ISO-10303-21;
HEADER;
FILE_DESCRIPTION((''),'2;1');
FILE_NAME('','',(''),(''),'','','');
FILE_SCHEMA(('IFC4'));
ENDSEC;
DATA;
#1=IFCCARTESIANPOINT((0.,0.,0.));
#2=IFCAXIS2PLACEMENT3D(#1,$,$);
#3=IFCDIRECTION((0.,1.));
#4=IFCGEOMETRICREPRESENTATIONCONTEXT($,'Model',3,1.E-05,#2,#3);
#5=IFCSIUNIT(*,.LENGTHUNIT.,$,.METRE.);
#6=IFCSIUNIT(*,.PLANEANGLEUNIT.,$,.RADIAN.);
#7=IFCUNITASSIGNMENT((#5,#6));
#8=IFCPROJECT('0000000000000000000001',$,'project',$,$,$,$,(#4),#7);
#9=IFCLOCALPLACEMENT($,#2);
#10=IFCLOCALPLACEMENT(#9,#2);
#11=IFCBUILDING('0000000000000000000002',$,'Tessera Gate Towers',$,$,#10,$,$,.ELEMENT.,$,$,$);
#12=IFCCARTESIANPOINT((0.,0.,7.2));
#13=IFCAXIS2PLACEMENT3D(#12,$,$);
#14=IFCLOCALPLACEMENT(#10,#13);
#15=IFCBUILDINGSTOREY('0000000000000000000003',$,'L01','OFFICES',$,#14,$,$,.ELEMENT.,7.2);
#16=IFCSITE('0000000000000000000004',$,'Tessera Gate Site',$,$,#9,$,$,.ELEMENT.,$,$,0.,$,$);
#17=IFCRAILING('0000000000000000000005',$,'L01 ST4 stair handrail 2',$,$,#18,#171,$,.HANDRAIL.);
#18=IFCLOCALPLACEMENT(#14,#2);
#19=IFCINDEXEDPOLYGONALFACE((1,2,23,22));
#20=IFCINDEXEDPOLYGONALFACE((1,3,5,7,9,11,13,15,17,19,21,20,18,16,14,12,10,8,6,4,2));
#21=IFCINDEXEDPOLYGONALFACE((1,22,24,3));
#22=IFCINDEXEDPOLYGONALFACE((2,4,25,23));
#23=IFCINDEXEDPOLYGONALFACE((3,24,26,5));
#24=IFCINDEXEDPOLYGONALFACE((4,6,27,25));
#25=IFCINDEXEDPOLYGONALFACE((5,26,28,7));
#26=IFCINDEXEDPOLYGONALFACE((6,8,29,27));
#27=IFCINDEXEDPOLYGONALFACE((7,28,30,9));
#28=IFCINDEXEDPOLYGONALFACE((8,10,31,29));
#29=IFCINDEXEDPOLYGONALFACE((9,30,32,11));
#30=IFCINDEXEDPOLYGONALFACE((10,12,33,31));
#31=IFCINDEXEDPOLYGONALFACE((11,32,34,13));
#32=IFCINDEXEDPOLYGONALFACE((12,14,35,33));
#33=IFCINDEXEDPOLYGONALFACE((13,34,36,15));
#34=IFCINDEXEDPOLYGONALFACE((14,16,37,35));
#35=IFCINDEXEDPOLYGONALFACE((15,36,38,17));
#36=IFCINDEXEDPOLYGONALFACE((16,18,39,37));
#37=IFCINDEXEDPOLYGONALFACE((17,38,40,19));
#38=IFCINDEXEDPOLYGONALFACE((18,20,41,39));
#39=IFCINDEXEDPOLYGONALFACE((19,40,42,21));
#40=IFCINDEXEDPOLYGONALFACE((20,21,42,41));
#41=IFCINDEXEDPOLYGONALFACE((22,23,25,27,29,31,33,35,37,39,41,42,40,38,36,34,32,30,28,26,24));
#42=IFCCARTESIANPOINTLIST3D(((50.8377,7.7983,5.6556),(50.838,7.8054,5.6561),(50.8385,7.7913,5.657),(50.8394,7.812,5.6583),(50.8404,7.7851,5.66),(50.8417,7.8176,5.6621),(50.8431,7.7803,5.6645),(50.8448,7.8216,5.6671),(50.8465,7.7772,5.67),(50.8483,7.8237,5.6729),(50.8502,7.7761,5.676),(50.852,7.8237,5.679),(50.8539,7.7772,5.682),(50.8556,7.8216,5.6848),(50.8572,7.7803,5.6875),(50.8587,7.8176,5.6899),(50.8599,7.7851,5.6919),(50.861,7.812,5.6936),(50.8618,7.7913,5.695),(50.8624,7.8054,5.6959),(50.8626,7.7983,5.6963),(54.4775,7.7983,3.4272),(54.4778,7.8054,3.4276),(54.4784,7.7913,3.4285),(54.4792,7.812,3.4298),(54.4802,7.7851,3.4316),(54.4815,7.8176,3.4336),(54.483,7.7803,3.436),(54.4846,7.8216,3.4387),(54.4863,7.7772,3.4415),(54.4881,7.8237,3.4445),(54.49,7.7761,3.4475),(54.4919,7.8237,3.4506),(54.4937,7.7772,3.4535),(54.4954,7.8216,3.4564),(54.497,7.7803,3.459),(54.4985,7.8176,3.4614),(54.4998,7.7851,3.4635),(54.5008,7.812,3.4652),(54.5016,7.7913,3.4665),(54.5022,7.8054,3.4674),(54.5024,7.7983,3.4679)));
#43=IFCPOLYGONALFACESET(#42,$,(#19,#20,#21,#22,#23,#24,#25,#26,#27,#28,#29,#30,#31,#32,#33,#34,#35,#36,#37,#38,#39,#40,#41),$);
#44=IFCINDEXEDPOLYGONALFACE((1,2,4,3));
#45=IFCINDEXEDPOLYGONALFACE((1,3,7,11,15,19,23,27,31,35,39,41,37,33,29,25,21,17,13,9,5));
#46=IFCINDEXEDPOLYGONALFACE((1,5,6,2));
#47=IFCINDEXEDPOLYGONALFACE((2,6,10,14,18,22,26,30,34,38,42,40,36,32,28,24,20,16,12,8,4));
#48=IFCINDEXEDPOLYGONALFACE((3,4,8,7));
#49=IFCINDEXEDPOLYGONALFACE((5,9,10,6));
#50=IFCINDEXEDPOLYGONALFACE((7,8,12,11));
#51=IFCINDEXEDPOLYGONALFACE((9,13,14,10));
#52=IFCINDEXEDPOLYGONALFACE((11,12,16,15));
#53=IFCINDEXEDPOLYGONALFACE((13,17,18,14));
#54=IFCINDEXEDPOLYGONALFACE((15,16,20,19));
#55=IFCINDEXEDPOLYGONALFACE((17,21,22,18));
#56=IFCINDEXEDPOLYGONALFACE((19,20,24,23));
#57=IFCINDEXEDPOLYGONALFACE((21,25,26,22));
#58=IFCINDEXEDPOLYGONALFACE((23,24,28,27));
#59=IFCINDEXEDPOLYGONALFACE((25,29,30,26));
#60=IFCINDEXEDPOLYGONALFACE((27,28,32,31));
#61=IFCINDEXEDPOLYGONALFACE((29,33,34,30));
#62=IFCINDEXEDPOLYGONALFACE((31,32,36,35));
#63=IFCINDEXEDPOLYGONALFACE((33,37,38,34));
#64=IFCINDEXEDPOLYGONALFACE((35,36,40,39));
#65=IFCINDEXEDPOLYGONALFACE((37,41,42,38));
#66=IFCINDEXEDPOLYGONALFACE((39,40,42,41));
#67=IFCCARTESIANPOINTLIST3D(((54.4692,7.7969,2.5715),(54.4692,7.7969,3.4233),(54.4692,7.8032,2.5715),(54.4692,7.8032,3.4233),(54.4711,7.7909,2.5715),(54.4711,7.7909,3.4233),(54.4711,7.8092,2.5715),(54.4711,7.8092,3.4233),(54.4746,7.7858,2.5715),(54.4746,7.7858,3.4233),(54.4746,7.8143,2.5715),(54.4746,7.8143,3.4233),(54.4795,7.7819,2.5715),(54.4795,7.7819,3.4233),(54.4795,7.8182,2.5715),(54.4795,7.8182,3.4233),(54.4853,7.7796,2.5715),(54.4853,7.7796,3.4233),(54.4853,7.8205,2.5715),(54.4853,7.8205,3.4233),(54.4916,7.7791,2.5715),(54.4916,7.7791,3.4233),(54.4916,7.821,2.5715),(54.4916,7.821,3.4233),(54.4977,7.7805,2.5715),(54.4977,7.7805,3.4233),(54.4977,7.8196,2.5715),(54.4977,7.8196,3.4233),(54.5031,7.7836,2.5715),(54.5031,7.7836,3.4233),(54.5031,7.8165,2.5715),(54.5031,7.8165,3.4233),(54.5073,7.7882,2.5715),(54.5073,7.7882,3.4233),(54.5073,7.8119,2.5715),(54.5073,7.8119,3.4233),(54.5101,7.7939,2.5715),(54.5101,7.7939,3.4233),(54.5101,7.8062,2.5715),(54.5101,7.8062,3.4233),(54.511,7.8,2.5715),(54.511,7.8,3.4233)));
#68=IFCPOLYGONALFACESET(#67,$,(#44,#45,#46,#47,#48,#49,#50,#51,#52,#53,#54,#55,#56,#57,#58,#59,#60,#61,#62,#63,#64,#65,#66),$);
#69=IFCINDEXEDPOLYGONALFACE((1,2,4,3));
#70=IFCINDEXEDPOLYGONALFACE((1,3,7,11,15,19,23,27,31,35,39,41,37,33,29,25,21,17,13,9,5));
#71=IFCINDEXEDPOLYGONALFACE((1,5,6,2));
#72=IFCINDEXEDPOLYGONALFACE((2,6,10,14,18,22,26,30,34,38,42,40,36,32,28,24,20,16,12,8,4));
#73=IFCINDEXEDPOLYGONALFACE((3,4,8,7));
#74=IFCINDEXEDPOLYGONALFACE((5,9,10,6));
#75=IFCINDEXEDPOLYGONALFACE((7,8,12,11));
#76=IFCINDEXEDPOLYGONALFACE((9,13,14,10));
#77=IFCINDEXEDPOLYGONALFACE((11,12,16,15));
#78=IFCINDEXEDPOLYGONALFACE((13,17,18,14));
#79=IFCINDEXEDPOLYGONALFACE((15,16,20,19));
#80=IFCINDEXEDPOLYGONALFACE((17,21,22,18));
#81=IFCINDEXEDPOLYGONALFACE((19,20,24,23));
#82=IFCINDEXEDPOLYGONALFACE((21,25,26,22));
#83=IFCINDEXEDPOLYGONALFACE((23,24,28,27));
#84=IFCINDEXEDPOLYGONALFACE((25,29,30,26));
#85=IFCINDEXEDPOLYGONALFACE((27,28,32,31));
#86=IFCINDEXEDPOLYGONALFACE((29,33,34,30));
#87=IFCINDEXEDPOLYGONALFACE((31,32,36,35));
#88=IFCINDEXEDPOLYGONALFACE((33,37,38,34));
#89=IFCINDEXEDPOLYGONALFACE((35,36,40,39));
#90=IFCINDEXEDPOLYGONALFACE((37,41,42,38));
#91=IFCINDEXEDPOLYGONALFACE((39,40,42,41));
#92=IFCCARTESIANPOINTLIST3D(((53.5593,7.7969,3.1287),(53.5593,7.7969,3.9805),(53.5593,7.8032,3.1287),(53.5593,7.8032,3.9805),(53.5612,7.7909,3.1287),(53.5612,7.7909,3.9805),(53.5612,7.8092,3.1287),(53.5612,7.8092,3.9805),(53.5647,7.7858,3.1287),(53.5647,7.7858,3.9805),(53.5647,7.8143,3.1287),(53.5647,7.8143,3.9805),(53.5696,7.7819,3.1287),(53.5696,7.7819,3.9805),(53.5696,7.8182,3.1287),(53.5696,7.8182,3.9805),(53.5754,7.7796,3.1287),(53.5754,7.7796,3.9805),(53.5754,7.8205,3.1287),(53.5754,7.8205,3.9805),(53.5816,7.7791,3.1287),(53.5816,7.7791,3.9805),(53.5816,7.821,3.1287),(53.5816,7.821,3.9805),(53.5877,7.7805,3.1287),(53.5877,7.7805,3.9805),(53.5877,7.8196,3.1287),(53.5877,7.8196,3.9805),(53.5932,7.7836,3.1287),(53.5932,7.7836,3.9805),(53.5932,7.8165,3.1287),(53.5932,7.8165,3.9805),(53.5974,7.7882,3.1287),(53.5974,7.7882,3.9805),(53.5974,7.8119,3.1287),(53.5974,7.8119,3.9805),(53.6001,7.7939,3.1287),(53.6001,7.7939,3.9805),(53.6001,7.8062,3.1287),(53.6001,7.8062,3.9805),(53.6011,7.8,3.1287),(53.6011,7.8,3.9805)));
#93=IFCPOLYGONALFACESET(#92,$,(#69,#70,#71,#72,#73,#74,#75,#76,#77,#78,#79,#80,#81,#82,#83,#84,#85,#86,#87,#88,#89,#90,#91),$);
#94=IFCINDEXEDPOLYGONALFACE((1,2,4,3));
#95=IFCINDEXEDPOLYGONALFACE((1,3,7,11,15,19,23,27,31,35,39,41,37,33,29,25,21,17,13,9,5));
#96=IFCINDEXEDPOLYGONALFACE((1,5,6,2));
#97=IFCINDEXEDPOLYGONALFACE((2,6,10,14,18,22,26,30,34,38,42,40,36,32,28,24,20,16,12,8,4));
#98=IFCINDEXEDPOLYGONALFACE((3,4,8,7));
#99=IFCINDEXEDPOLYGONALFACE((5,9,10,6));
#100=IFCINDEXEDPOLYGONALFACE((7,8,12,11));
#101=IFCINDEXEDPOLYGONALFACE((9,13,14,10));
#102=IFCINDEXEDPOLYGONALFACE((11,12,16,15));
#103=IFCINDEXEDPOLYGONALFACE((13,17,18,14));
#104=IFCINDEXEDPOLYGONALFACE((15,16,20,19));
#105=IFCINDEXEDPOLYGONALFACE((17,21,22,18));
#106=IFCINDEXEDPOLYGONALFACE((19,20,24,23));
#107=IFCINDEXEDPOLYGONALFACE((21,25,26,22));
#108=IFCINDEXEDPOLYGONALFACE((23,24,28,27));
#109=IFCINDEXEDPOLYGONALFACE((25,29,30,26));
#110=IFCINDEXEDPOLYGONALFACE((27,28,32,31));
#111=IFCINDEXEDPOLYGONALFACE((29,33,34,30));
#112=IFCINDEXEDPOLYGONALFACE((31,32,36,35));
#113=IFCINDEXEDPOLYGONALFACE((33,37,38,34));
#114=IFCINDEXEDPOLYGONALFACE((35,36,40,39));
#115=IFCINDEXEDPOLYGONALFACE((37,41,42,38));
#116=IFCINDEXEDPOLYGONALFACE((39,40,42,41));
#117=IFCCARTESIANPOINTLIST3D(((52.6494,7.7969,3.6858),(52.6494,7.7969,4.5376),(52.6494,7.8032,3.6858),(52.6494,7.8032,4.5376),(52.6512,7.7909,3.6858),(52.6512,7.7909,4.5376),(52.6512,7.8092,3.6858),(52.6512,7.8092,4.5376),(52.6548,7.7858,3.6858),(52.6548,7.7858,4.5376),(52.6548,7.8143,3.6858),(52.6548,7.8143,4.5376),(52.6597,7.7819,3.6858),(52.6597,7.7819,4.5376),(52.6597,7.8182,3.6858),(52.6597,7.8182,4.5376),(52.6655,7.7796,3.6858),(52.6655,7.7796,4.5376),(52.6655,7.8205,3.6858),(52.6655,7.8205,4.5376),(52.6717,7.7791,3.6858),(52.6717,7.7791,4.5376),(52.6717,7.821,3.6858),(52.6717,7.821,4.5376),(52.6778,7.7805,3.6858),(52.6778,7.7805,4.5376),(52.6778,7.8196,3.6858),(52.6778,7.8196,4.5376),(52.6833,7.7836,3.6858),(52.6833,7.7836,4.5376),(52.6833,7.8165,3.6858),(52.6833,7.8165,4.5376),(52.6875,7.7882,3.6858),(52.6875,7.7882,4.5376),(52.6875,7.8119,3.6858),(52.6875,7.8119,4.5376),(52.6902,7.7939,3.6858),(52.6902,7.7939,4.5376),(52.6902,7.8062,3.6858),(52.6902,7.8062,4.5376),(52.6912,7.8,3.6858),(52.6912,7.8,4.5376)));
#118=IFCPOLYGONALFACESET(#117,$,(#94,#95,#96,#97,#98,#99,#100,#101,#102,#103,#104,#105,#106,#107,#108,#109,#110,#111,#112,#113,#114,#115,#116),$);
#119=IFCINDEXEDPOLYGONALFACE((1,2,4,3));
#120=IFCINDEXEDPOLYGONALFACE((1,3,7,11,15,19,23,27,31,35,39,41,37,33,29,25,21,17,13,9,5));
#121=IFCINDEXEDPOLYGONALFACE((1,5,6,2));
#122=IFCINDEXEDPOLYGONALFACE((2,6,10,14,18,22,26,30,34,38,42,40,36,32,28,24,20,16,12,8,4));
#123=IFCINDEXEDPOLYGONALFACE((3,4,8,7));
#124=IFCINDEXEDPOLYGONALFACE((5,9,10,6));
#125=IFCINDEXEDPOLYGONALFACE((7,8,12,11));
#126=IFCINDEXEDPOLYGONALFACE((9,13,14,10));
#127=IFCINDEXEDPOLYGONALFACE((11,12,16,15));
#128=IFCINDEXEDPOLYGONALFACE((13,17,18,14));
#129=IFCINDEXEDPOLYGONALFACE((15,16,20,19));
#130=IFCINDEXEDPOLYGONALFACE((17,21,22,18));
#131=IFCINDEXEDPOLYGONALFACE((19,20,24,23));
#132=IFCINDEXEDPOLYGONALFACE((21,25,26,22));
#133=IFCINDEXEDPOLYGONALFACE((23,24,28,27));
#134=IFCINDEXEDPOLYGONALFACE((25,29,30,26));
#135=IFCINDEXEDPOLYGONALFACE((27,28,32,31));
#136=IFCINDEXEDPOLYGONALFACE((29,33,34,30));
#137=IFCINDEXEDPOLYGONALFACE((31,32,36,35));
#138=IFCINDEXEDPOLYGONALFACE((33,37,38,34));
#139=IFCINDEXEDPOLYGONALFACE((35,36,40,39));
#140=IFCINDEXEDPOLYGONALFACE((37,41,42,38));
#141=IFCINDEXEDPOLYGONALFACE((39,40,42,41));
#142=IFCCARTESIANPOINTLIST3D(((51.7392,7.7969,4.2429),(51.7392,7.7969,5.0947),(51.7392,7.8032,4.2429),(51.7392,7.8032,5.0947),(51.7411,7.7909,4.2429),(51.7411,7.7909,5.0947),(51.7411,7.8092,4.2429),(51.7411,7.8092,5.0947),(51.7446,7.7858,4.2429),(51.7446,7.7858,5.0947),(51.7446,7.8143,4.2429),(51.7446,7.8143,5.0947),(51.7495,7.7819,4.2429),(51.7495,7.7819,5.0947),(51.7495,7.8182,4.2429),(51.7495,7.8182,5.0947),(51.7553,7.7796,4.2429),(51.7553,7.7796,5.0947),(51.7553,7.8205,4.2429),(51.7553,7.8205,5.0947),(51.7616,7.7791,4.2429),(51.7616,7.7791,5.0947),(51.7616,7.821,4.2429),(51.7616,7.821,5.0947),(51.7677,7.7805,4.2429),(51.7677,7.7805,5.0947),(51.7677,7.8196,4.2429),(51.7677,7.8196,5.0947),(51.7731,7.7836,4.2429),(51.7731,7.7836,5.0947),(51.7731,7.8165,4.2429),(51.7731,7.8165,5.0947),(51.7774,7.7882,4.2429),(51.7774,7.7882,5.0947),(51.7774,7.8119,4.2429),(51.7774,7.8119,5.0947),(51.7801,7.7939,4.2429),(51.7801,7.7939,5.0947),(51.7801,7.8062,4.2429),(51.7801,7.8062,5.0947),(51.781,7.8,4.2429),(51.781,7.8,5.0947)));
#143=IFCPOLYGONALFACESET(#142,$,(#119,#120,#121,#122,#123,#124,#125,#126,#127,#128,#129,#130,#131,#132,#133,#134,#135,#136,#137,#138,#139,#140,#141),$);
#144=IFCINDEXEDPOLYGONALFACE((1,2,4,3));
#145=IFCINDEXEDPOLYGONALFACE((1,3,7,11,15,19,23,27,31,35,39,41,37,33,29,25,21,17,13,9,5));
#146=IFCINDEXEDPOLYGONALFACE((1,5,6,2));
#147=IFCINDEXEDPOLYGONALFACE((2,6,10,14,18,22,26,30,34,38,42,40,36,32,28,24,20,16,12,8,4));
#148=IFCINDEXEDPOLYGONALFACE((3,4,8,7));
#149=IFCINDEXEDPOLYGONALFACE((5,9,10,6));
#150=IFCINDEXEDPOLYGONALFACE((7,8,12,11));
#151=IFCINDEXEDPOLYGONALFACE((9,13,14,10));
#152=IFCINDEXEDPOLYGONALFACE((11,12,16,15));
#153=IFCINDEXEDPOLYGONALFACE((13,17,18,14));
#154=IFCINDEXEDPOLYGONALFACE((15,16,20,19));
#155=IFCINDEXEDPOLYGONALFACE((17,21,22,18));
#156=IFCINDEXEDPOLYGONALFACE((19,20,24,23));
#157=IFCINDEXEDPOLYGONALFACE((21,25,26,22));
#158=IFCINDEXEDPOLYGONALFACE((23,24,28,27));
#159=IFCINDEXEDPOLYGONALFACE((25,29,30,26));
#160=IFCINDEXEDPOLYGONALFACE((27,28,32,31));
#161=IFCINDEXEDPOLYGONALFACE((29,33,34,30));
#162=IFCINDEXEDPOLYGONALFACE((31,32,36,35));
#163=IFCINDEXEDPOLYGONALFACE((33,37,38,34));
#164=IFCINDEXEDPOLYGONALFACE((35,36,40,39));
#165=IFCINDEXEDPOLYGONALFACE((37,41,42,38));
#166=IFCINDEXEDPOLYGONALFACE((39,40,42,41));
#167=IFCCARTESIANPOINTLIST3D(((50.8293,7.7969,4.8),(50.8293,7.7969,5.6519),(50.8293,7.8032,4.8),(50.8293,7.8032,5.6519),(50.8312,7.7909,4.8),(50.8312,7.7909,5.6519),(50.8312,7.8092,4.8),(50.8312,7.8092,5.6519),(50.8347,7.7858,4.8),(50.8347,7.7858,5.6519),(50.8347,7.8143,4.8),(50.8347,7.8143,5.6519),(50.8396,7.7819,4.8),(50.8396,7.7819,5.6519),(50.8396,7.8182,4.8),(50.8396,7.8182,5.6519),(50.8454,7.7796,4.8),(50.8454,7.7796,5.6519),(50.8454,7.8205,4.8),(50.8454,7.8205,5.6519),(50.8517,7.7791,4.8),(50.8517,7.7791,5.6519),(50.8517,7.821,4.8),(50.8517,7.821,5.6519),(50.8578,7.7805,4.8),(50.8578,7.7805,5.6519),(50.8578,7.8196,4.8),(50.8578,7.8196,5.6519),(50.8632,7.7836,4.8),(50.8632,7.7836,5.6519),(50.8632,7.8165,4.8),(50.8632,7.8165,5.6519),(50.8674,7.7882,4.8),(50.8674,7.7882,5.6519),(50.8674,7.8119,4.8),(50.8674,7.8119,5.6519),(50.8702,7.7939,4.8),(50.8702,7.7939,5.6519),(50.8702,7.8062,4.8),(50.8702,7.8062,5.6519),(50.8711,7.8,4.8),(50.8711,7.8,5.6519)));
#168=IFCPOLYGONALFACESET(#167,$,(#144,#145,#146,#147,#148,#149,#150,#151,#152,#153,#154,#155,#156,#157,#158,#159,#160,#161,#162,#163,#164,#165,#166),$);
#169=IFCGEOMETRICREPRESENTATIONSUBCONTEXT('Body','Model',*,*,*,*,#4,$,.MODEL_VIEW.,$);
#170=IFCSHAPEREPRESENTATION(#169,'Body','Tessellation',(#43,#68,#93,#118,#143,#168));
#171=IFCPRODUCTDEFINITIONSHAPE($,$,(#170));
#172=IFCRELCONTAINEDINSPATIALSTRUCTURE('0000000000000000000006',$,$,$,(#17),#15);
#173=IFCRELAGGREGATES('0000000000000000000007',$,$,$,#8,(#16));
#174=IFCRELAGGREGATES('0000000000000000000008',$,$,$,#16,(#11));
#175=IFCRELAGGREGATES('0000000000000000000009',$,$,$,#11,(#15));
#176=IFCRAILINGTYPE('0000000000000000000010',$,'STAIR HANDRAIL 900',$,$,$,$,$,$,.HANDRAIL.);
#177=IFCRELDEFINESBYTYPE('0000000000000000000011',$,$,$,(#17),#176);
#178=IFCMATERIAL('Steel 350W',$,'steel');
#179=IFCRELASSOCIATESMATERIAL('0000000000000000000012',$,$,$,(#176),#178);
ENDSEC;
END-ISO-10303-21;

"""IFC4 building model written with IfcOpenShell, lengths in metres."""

from ifc_helpers import new_model, si_unit, direction, frame, origin, origin_2d, place, context, subcontext, project, spatial, circle, extrude, material, type_object, element, save


model = new_model("IFC4")

# Units and contexts
model_context = context("Model", 3, precision=1e-05, world=origin(), true_north=direction((0.0, 1.0)))
body_context = subcontext(model_context, "Body", "Model", "MODEL_VIEW")
ifc_project = project(units=[si_unit("LENGTHUNIT", "METRE"), si_unit("PLANEANGLEUNIT", "RADIAN")], contexts=[model_context])

# Site, building, storey
site_placement = place(None, origin())
site = spatial("IfcSite", under=ifc_project, at=site_placement, Name="Tessera Gate Site", CompositionType="ELEMENT", RefElevation=0.0)
building_placement = place(site_placement, origin())
building = spatial("IfcBuilding", under=site, at=building_placement, Name="Tessera Gate Towers", CompositionType="ELEMENT")
storey_placement = place(building_placement, frame((0.0, 0.0, 7.2)))
storey = spatial("IfcBuildingStorey", under=building, at=storey_placement, Name="L01", Description="OFFICES", CompositionType="ELEMENT", Elevation=7.2)

# Railing
ifc_material_1 = material(Name="Steel 350W", Category="steel")
railing_type_1 = type_object("IfcRailingType", Name="STAIR HANDRAIL 900", PredefinedType="HANDRAIL", material=ifc_material_1)
railing_1_placement = place(storey_placement, frame((54.49, 7.8, 2.5715)))
element("IfcRailing", 1, at=railing_1_placement, inside=storey, type_object=railing_type_1, Name="L01 ST4 stair handrail 2", PredefinedType="HANDRAIL", context=body_context, shape_type="SweptSolid", body=[
    extrude(circle(Radius=0.0239, at=origin_2d()), frame((0.0, 0.0, 0.876), z_axis=(-0.85285, 0.0, 0.522156), x_axis=(0.0, -1.0, 0.0)), (0.0, 0.0, 1.0), 4.2678),
    extrude(circle(Radius=0.021, at=origin_2d()), origin(), (0.0, 0.0, 1.0), 0.8518),
    extrude(circle(Radius=0.021, at=origin_2d()), frame((-0.9099, 0.0, 0.5571)), (0.0, 0.0, 1.0), 0.8518),
    extrude(circle(Radius=0.021, at=origin_2d()), frame((-1.8198, 0.0, 1.1143)), (0.0, 0.0, 1.0), 0.8518),
    extrude(circle(Radius=0.021, at=origin_2d()), frame((-2.73, 0.0, 1.6714)), (0.0, 0.0, 1.0), 0.8518),
    extrude(circle(Radius=0.021, at=origin_2d()), frame((-3.6399, 0.0, 2.2285)), (0.0, 0.0, 1.0), 0.8518),
])

save(model, "model.ifc")
